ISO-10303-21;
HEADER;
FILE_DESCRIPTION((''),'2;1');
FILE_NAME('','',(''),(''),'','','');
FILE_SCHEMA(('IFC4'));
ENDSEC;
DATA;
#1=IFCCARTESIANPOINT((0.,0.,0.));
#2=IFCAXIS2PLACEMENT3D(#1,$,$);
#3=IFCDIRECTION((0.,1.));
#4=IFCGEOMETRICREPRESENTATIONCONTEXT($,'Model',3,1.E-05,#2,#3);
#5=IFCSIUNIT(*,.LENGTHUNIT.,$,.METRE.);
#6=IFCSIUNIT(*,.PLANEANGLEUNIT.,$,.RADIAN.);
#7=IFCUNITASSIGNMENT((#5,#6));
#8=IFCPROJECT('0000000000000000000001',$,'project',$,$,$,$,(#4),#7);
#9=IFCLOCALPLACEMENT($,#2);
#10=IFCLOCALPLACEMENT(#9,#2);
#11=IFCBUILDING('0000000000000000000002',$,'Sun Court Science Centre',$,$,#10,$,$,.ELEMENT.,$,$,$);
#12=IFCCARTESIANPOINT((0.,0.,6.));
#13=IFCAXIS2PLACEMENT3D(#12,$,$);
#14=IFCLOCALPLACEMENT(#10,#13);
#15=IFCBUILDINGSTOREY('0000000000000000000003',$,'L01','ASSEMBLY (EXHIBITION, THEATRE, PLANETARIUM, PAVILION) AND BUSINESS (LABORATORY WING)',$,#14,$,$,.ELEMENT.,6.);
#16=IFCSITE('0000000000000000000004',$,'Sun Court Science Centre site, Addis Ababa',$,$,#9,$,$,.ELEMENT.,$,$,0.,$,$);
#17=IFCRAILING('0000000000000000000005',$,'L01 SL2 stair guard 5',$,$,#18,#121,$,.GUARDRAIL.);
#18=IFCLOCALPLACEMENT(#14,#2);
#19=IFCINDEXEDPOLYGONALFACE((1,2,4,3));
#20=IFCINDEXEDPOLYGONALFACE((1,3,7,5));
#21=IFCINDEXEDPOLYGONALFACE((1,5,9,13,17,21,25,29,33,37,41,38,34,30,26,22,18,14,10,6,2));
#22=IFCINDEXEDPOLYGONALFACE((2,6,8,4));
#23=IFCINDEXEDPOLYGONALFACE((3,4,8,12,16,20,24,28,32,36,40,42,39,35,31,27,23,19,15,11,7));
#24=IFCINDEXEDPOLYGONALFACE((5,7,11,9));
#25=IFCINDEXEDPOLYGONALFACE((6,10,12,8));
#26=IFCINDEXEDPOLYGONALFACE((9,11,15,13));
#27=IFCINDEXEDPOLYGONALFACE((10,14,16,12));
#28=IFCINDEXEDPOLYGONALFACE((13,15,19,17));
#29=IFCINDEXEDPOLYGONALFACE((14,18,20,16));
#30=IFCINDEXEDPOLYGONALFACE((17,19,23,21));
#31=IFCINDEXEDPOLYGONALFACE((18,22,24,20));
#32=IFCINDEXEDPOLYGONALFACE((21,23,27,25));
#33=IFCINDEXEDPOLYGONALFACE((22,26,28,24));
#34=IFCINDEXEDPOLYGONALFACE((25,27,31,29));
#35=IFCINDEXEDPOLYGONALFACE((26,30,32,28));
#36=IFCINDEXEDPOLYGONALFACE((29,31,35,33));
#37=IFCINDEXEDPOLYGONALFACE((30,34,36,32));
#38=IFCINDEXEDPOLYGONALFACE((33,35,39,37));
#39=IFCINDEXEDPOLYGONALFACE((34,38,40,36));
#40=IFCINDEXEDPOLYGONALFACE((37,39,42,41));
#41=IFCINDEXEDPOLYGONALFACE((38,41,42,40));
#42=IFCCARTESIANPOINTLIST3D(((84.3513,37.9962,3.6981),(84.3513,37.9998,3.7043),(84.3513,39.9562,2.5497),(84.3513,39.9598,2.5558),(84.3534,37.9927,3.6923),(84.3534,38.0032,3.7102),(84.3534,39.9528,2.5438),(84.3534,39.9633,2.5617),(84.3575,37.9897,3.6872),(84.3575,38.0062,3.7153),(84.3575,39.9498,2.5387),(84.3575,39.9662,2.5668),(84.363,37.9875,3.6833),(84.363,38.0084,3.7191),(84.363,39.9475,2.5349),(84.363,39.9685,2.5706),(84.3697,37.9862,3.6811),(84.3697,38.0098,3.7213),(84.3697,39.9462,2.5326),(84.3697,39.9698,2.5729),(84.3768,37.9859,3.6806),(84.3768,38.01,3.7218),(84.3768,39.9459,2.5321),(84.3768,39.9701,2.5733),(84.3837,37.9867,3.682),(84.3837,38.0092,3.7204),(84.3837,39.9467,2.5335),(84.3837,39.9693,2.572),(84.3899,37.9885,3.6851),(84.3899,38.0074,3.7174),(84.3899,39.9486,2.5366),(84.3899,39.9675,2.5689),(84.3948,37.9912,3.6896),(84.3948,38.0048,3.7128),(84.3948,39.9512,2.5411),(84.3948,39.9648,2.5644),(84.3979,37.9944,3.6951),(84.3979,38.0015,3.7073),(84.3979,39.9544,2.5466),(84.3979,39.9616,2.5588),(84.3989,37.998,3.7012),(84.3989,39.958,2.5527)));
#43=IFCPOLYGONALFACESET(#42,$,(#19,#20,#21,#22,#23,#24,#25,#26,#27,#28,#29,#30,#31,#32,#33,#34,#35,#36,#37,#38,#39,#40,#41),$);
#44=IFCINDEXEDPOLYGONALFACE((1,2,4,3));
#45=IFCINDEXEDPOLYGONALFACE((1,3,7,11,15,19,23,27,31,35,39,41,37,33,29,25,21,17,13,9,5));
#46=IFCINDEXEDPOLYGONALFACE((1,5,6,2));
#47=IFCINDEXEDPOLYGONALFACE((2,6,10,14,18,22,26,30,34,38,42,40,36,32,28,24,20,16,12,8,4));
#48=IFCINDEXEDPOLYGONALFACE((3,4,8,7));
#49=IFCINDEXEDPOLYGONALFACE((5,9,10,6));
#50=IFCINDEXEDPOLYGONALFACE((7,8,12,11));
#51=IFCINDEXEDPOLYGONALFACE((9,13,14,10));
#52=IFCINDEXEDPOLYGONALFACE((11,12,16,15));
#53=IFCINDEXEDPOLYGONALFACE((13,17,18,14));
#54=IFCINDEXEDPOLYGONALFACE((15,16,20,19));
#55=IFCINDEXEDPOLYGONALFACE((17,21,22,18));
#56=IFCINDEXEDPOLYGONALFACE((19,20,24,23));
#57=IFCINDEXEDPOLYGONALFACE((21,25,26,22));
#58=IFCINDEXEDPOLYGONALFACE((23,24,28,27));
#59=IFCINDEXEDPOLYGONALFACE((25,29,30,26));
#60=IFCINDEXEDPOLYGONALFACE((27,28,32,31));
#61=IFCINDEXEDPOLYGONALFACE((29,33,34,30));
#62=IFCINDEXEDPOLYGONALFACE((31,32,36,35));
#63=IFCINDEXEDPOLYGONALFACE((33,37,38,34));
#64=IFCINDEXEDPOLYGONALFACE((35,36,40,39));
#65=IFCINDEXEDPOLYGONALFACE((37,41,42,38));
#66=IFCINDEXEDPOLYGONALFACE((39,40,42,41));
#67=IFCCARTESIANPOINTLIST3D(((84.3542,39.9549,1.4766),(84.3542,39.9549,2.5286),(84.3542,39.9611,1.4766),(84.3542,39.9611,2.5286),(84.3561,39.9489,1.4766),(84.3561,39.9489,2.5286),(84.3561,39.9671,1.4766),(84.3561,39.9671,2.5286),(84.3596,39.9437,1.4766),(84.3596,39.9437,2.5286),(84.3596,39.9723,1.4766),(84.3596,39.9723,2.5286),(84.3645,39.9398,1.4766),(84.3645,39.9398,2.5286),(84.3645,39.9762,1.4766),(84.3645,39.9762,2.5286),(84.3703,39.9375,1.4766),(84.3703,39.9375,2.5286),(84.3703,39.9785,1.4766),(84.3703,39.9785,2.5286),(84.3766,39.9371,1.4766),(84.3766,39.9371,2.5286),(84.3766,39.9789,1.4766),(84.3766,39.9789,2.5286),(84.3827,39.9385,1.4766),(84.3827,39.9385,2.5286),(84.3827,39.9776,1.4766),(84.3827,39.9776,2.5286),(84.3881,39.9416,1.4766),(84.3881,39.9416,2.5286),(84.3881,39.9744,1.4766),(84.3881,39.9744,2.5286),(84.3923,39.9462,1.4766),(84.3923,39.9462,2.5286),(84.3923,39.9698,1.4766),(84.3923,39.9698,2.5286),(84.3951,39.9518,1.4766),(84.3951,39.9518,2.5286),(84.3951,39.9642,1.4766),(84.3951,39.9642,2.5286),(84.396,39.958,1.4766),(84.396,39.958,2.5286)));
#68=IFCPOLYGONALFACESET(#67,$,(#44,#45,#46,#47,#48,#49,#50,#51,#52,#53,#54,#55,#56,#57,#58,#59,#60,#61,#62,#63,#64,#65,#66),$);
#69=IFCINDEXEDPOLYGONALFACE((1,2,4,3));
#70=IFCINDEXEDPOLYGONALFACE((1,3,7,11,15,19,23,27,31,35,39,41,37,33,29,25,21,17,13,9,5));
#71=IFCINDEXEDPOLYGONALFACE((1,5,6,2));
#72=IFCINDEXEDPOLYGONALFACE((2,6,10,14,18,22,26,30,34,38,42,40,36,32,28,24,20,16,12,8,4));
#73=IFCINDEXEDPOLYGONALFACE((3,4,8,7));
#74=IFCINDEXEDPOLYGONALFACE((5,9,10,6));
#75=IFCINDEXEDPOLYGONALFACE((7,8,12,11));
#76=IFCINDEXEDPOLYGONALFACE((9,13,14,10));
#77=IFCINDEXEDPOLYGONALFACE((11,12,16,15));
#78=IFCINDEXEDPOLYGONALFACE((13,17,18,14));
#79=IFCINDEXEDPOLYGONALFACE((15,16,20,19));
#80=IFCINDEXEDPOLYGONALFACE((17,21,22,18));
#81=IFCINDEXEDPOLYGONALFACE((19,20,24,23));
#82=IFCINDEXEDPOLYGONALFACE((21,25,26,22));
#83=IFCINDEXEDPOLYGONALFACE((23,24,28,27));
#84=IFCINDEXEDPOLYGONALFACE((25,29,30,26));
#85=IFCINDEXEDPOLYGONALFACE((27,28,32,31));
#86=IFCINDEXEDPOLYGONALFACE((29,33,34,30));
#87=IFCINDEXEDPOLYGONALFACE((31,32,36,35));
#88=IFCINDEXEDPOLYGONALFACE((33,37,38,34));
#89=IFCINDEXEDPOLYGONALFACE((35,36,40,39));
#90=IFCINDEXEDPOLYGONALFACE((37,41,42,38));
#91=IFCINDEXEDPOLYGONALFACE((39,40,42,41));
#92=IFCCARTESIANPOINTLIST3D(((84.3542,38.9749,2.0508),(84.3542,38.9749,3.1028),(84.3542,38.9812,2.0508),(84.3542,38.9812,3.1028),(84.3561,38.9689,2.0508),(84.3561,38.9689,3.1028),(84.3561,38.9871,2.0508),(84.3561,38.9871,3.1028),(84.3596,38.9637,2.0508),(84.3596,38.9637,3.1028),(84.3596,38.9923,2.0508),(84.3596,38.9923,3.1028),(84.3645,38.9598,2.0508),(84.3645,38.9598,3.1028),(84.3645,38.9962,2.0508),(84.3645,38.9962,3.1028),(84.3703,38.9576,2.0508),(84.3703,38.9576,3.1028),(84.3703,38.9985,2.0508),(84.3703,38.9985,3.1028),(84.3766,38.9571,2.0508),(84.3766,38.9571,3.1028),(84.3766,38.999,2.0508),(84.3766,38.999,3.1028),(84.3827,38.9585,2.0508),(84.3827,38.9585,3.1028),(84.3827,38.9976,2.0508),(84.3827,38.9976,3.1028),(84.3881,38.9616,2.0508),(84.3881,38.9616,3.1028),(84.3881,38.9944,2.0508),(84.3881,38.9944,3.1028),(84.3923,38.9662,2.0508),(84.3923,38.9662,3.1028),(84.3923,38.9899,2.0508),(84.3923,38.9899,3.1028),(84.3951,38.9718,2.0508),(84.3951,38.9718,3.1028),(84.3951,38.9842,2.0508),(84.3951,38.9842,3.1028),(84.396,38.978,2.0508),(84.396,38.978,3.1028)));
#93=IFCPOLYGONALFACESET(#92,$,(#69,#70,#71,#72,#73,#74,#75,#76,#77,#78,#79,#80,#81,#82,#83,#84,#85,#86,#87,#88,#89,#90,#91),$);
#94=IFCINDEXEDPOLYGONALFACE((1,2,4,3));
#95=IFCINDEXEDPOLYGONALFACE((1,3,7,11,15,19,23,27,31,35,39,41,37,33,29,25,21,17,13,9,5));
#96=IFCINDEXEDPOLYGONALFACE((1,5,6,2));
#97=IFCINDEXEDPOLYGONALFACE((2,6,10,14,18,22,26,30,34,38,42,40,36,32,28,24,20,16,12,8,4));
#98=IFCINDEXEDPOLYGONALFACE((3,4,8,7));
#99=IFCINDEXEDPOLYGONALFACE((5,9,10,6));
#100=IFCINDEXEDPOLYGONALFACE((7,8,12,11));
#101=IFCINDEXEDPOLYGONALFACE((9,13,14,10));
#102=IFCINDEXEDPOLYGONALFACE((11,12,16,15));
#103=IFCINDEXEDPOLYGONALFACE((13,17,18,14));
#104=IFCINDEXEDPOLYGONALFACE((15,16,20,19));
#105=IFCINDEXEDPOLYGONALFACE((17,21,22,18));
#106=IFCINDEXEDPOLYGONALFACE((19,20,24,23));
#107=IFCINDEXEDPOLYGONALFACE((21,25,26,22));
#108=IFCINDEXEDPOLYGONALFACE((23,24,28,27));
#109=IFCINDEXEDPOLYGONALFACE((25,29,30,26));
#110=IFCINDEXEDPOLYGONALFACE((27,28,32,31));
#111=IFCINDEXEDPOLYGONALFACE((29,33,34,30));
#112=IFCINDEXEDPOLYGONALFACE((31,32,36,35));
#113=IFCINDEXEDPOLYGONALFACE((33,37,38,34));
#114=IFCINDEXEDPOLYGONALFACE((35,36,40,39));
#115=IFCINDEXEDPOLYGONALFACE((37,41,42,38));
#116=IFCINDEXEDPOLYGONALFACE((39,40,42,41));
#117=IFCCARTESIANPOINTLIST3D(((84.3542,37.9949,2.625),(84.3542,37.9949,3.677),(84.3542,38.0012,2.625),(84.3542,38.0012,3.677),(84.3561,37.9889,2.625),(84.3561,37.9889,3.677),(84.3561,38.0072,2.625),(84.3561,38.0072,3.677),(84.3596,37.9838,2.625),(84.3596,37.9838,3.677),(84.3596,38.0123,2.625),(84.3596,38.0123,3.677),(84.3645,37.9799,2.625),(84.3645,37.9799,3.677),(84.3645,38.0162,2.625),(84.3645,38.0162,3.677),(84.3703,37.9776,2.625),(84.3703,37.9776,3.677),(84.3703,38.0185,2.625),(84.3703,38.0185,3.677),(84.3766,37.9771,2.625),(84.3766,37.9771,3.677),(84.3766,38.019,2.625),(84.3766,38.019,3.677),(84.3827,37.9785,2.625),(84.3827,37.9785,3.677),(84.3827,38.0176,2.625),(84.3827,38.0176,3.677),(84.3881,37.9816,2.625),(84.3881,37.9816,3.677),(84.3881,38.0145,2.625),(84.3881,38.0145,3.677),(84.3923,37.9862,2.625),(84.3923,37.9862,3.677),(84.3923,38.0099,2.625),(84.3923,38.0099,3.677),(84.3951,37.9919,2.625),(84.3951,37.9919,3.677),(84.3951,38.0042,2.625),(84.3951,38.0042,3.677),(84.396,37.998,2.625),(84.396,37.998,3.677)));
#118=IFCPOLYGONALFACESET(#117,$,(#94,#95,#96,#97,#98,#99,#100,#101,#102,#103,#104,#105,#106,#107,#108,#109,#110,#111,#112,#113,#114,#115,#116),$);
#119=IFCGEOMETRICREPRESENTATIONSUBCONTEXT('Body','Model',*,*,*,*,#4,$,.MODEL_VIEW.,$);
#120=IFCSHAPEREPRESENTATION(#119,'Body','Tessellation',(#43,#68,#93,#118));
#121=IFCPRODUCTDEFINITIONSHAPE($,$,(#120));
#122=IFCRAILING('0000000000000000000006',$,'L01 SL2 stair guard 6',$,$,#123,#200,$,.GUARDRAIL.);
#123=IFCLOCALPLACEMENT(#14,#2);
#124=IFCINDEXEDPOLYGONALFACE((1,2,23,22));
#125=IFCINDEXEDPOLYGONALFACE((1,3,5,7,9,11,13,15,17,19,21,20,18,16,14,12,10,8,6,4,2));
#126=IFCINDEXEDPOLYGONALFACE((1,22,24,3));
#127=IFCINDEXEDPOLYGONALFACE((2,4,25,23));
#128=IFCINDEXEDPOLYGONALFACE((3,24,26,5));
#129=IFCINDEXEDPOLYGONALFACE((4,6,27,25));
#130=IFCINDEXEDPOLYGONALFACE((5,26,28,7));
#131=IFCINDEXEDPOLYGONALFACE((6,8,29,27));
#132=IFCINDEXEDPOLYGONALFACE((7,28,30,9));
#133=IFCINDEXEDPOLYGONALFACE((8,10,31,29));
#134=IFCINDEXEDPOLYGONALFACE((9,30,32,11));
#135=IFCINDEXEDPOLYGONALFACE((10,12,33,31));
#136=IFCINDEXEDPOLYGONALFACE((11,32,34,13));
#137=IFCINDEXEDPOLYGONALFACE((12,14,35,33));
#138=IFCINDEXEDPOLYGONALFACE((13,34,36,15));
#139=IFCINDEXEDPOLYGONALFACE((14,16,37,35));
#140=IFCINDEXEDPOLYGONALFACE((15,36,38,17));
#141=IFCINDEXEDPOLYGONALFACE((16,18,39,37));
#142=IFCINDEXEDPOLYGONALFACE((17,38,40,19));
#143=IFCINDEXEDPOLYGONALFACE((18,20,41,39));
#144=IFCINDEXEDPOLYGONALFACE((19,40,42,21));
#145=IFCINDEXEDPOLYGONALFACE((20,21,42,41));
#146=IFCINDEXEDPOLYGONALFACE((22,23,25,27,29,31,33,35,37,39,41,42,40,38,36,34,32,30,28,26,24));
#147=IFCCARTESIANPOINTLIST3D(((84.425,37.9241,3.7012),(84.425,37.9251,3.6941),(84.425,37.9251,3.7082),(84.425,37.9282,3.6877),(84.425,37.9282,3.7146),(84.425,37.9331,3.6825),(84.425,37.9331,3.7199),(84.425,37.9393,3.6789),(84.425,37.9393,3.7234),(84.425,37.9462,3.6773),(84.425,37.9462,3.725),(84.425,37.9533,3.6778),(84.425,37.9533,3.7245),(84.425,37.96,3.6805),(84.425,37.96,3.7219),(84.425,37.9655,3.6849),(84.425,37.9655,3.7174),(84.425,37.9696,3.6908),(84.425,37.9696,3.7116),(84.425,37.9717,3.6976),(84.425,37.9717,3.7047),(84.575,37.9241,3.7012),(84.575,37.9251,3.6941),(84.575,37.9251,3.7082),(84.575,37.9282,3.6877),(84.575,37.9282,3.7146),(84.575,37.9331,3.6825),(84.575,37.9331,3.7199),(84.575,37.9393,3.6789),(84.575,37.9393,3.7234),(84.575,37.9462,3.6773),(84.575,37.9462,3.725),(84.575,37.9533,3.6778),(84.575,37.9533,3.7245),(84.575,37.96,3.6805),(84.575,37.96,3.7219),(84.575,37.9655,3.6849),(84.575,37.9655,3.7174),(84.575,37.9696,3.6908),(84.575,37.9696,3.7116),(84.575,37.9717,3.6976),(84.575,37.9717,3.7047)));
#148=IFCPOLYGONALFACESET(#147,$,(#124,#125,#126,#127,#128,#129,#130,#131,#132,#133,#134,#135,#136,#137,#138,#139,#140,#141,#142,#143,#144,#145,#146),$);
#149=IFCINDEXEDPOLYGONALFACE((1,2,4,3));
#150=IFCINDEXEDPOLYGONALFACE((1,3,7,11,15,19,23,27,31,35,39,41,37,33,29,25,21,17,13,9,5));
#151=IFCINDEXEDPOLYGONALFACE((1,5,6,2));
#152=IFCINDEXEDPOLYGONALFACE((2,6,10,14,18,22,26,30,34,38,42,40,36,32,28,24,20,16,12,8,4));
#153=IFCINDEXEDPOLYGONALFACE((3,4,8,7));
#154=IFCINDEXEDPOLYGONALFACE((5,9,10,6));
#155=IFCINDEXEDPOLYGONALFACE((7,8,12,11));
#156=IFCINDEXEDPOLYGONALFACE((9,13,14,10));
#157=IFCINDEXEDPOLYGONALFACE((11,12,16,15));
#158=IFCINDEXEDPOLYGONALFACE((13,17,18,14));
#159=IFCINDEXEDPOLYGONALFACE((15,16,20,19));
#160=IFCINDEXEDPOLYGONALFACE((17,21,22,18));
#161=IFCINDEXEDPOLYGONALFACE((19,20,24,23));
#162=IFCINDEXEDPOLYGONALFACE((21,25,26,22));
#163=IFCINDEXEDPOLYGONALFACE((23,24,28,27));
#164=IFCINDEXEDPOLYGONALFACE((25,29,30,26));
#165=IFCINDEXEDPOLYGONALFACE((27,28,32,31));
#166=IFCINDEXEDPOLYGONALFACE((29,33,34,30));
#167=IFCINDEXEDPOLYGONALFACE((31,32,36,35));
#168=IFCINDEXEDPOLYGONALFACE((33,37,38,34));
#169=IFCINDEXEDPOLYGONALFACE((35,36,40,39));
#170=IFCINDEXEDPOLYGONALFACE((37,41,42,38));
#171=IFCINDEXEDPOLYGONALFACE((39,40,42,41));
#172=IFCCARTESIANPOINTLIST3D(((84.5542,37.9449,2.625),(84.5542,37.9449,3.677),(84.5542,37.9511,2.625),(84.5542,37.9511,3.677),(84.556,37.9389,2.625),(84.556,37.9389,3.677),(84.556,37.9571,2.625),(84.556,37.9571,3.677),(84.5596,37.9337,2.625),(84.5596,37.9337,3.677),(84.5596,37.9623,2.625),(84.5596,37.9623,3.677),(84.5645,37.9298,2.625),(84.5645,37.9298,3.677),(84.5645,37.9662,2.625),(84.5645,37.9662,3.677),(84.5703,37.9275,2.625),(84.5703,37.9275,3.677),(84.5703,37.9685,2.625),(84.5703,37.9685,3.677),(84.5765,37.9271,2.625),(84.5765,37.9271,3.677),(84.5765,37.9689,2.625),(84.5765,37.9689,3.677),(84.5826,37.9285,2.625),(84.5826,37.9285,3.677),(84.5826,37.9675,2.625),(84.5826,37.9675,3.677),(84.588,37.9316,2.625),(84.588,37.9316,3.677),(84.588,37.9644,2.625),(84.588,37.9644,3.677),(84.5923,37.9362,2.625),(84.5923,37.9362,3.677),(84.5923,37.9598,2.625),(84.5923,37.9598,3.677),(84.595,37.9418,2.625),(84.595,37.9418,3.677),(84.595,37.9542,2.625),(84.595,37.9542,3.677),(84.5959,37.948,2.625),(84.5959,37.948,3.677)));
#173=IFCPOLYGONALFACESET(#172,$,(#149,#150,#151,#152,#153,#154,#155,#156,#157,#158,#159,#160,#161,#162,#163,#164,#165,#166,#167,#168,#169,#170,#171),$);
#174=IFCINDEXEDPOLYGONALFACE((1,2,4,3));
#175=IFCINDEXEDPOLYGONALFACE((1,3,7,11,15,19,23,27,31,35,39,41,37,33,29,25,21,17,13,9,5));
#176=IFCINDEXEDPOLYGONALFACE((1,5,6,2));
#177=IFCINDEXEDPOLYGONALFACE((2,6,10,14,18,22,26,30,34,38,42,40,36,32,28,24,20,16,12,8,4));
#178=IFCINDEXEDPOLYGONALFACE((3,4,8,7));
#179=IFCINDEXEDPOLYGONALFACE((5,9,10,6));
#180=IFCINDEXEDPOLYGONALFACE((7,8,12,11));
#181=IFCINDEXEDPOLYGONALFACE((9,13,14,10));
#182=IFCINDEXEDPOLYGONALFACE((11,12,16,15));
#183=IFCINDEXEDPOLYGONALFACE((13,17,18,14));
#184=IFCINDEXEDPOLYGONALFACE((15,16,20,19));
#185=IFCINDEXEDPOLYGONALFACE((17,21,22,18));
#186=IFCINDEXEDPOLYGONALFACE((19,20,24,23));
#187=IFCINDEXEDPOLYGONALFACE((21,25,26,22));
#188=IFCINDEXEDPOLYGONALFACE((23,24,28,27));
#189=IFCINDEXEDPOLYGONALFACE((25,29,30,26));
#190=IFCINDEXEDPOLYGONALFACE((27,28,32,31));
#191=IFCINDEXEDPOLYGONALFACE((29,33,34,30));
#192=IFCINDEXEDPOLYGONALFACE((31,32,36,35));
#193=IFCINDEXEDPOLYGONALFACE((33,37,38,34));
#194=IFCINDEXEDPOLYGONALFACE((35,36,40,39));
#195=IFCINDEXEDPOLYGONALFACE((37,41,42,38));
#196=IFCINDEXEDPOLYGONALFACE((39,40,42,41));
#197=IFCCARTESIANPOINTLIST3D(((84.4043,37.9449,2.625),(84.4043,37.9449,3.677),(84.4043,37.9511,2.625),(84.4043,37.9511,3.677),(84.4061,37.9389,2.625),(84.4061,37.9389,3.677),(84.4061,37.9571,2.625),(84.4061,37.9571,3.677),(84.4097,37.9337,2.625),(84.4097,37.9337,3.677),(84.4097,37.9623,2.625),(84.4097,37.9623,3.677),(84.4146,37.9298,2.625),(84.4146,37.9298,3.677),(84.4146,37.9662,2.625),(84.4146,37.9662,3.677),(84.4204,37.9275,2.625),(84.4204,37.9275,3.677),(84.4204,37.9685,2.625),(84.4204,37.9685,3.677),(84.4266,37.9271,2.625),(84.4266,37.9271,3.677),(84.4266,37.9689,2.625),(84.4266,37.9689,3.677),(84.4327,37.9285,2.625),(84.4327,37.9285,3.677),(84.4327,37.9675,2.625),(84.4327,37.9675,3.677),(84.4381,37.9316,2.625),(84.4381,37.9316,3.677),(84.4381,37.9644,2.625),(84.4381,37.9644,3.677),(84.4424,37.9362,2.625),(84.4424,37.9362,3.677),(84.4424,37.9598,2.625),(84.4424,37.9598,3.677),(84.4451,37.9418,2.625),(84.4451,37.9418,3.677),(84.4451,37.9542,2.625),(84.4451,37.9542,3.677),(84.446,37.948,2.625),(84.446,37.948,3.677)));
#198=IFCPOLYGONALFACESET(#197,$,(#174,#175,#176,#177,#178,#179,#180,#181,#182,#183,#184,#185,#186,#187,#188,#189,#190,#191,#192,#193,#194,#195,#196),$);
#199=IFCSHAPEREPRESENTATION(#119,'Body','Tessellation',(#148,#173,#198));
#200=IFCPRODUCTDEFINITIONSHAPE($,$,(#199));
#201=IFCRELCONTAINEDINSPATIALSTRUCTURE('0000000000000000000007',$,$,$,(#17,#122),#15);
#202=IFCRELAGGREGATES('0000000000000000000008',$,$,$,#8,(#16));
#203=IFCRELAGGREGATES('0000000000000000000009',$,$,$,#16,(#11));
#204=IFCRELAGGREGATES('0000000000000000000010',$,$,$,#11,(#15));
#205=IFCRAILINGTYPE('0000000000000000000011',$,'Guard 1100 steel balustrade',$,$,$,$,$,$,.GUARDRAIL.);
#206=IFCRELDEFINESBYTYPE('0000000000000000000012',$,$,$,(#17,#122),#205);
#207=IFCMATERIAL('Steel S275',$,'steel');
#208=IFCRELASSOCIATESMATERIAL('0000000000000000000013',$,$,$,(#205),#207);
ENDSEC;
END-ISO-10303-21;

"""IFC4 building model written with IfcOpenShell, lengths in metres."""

from ifc_helpers import new_model, si_unit, direction, frame, origin, origin_2d, place, context, subcontext, project, spatial, circle, extrude, material, type_object, element, save


model = new_model("IFC4")

# Units and contexts
model_context = context("Model", 3, precision=1e-05, world=origin(), true_north=direction((0.0, 1.0)))
body_context = subcontext(model_context, "Body", "Model", "MODEL_VIEW")
ifc_project = project(units=[si_unit("LENGTHUNIT", "METRE"), si_unit("PLANEANGLEUNIT", "RADIAN")], contexts=[model_context])

# Site, building, storey
site_placement = place(None, origin())
site = spatial("IfcSite", under=ifc_project, at=site_placement, Name="Sun Court Science Centre site, Addis Ababa", CompositionType="ELEMENT", RefElevation=0.0)
building_placement = place(site_placement, origin())
building = spatial("IfcBuilding", under=site, at=building_placement, Name="Sun Court Science Centre", CompositionType="ELEMENT")
storey_placement = place(building_placement, frame((0.0, 0.0, 6.0)))
storey = spatial("IfcBuildingStorey", under=building, at=storey_placement, Name="L01", Description="ASSEMBLY (EXHIBITION, THEATRE, PLANETARIUM, PAVILION) AND BUSINESS (LABORATORY WING)", CompositionType="ELEMENT", Elevation=6.0)

# Railings
ifc_material_1 = material(Name="Steel S275", Category="steel")
railing_type_1 = type_object("IfcRailingType", Name="Guard 1100 steel balustrade", PredefinedType="GUARDRAIL", material=ifc_material_1)
railing_1_placement = place(storey_placement, frame((84.375, 39.958, 1.4766)))
element("IfcRailing", 1, at=railing_1_placement, inside=storey, type_object=railing_type_1, Name="L01 SL2 stair guard 5", PredefinedType="GUARDRAIL", context=body_context, shape_type="SweptSolid", body=[
    extrude(circle(Radius=0.0239, at=origin_2d()), frame((0.0, 0.0, 1.0762), z_axis=(0.0, -0.862795, 0.505554), x_axis=(1.0, 0.0, 0.0)), (0.0, 0.0, 1.0), 2.2717),
    extrude(circle(Radius=0.021, at=origin_2d()), origin(), (0.0, 0.0, 1.0), 1.052),
    extrude(circle(Radius=0.021, at=origin_2d()), frame((0.0, -0.98, 0.5742)), (0.0, 0.0, 1.0), 1.052),
    extrude(circle(Radius=0.021, at=origin_2d()), frame((0.0, -1.96, 1.1484)), (0.0, 0.0, 1.0), 1.052),
])
railing_2_placement = place(storey_placement, frame((84.575, 37.948, 2.625)))
element("IfcRailing", 2, at=railing_2_placement, inside=storey, type_object=railing_type_1, Name="L01 SL2 stair guard 6", PredefinedType="GUARDRAIL", context=body_context, shape_type="SweptSolid", body=[
    extrude(circle(Radius=0.0239, at=origin_2d()), frame((0.0, 0.0, 1.0762), z_axis=(-1.0, 0.0, 0.0), x_axis=(0.0, -1.0, 0.0)), (0.0, 0.0, 1.0), 0.1499),
    extrude(circle(Radius=0.021, at=origin_2d()), origin(), (0.0, 0.0, 1.0), 1.052),
    extrude(circle(Radius=0.021, at=origin_2d()), frame((-0.1499, 0.0, 0.0)), (0.0, 0.0, 1.0), 1.052),
])

save(model, "model.ifc")
